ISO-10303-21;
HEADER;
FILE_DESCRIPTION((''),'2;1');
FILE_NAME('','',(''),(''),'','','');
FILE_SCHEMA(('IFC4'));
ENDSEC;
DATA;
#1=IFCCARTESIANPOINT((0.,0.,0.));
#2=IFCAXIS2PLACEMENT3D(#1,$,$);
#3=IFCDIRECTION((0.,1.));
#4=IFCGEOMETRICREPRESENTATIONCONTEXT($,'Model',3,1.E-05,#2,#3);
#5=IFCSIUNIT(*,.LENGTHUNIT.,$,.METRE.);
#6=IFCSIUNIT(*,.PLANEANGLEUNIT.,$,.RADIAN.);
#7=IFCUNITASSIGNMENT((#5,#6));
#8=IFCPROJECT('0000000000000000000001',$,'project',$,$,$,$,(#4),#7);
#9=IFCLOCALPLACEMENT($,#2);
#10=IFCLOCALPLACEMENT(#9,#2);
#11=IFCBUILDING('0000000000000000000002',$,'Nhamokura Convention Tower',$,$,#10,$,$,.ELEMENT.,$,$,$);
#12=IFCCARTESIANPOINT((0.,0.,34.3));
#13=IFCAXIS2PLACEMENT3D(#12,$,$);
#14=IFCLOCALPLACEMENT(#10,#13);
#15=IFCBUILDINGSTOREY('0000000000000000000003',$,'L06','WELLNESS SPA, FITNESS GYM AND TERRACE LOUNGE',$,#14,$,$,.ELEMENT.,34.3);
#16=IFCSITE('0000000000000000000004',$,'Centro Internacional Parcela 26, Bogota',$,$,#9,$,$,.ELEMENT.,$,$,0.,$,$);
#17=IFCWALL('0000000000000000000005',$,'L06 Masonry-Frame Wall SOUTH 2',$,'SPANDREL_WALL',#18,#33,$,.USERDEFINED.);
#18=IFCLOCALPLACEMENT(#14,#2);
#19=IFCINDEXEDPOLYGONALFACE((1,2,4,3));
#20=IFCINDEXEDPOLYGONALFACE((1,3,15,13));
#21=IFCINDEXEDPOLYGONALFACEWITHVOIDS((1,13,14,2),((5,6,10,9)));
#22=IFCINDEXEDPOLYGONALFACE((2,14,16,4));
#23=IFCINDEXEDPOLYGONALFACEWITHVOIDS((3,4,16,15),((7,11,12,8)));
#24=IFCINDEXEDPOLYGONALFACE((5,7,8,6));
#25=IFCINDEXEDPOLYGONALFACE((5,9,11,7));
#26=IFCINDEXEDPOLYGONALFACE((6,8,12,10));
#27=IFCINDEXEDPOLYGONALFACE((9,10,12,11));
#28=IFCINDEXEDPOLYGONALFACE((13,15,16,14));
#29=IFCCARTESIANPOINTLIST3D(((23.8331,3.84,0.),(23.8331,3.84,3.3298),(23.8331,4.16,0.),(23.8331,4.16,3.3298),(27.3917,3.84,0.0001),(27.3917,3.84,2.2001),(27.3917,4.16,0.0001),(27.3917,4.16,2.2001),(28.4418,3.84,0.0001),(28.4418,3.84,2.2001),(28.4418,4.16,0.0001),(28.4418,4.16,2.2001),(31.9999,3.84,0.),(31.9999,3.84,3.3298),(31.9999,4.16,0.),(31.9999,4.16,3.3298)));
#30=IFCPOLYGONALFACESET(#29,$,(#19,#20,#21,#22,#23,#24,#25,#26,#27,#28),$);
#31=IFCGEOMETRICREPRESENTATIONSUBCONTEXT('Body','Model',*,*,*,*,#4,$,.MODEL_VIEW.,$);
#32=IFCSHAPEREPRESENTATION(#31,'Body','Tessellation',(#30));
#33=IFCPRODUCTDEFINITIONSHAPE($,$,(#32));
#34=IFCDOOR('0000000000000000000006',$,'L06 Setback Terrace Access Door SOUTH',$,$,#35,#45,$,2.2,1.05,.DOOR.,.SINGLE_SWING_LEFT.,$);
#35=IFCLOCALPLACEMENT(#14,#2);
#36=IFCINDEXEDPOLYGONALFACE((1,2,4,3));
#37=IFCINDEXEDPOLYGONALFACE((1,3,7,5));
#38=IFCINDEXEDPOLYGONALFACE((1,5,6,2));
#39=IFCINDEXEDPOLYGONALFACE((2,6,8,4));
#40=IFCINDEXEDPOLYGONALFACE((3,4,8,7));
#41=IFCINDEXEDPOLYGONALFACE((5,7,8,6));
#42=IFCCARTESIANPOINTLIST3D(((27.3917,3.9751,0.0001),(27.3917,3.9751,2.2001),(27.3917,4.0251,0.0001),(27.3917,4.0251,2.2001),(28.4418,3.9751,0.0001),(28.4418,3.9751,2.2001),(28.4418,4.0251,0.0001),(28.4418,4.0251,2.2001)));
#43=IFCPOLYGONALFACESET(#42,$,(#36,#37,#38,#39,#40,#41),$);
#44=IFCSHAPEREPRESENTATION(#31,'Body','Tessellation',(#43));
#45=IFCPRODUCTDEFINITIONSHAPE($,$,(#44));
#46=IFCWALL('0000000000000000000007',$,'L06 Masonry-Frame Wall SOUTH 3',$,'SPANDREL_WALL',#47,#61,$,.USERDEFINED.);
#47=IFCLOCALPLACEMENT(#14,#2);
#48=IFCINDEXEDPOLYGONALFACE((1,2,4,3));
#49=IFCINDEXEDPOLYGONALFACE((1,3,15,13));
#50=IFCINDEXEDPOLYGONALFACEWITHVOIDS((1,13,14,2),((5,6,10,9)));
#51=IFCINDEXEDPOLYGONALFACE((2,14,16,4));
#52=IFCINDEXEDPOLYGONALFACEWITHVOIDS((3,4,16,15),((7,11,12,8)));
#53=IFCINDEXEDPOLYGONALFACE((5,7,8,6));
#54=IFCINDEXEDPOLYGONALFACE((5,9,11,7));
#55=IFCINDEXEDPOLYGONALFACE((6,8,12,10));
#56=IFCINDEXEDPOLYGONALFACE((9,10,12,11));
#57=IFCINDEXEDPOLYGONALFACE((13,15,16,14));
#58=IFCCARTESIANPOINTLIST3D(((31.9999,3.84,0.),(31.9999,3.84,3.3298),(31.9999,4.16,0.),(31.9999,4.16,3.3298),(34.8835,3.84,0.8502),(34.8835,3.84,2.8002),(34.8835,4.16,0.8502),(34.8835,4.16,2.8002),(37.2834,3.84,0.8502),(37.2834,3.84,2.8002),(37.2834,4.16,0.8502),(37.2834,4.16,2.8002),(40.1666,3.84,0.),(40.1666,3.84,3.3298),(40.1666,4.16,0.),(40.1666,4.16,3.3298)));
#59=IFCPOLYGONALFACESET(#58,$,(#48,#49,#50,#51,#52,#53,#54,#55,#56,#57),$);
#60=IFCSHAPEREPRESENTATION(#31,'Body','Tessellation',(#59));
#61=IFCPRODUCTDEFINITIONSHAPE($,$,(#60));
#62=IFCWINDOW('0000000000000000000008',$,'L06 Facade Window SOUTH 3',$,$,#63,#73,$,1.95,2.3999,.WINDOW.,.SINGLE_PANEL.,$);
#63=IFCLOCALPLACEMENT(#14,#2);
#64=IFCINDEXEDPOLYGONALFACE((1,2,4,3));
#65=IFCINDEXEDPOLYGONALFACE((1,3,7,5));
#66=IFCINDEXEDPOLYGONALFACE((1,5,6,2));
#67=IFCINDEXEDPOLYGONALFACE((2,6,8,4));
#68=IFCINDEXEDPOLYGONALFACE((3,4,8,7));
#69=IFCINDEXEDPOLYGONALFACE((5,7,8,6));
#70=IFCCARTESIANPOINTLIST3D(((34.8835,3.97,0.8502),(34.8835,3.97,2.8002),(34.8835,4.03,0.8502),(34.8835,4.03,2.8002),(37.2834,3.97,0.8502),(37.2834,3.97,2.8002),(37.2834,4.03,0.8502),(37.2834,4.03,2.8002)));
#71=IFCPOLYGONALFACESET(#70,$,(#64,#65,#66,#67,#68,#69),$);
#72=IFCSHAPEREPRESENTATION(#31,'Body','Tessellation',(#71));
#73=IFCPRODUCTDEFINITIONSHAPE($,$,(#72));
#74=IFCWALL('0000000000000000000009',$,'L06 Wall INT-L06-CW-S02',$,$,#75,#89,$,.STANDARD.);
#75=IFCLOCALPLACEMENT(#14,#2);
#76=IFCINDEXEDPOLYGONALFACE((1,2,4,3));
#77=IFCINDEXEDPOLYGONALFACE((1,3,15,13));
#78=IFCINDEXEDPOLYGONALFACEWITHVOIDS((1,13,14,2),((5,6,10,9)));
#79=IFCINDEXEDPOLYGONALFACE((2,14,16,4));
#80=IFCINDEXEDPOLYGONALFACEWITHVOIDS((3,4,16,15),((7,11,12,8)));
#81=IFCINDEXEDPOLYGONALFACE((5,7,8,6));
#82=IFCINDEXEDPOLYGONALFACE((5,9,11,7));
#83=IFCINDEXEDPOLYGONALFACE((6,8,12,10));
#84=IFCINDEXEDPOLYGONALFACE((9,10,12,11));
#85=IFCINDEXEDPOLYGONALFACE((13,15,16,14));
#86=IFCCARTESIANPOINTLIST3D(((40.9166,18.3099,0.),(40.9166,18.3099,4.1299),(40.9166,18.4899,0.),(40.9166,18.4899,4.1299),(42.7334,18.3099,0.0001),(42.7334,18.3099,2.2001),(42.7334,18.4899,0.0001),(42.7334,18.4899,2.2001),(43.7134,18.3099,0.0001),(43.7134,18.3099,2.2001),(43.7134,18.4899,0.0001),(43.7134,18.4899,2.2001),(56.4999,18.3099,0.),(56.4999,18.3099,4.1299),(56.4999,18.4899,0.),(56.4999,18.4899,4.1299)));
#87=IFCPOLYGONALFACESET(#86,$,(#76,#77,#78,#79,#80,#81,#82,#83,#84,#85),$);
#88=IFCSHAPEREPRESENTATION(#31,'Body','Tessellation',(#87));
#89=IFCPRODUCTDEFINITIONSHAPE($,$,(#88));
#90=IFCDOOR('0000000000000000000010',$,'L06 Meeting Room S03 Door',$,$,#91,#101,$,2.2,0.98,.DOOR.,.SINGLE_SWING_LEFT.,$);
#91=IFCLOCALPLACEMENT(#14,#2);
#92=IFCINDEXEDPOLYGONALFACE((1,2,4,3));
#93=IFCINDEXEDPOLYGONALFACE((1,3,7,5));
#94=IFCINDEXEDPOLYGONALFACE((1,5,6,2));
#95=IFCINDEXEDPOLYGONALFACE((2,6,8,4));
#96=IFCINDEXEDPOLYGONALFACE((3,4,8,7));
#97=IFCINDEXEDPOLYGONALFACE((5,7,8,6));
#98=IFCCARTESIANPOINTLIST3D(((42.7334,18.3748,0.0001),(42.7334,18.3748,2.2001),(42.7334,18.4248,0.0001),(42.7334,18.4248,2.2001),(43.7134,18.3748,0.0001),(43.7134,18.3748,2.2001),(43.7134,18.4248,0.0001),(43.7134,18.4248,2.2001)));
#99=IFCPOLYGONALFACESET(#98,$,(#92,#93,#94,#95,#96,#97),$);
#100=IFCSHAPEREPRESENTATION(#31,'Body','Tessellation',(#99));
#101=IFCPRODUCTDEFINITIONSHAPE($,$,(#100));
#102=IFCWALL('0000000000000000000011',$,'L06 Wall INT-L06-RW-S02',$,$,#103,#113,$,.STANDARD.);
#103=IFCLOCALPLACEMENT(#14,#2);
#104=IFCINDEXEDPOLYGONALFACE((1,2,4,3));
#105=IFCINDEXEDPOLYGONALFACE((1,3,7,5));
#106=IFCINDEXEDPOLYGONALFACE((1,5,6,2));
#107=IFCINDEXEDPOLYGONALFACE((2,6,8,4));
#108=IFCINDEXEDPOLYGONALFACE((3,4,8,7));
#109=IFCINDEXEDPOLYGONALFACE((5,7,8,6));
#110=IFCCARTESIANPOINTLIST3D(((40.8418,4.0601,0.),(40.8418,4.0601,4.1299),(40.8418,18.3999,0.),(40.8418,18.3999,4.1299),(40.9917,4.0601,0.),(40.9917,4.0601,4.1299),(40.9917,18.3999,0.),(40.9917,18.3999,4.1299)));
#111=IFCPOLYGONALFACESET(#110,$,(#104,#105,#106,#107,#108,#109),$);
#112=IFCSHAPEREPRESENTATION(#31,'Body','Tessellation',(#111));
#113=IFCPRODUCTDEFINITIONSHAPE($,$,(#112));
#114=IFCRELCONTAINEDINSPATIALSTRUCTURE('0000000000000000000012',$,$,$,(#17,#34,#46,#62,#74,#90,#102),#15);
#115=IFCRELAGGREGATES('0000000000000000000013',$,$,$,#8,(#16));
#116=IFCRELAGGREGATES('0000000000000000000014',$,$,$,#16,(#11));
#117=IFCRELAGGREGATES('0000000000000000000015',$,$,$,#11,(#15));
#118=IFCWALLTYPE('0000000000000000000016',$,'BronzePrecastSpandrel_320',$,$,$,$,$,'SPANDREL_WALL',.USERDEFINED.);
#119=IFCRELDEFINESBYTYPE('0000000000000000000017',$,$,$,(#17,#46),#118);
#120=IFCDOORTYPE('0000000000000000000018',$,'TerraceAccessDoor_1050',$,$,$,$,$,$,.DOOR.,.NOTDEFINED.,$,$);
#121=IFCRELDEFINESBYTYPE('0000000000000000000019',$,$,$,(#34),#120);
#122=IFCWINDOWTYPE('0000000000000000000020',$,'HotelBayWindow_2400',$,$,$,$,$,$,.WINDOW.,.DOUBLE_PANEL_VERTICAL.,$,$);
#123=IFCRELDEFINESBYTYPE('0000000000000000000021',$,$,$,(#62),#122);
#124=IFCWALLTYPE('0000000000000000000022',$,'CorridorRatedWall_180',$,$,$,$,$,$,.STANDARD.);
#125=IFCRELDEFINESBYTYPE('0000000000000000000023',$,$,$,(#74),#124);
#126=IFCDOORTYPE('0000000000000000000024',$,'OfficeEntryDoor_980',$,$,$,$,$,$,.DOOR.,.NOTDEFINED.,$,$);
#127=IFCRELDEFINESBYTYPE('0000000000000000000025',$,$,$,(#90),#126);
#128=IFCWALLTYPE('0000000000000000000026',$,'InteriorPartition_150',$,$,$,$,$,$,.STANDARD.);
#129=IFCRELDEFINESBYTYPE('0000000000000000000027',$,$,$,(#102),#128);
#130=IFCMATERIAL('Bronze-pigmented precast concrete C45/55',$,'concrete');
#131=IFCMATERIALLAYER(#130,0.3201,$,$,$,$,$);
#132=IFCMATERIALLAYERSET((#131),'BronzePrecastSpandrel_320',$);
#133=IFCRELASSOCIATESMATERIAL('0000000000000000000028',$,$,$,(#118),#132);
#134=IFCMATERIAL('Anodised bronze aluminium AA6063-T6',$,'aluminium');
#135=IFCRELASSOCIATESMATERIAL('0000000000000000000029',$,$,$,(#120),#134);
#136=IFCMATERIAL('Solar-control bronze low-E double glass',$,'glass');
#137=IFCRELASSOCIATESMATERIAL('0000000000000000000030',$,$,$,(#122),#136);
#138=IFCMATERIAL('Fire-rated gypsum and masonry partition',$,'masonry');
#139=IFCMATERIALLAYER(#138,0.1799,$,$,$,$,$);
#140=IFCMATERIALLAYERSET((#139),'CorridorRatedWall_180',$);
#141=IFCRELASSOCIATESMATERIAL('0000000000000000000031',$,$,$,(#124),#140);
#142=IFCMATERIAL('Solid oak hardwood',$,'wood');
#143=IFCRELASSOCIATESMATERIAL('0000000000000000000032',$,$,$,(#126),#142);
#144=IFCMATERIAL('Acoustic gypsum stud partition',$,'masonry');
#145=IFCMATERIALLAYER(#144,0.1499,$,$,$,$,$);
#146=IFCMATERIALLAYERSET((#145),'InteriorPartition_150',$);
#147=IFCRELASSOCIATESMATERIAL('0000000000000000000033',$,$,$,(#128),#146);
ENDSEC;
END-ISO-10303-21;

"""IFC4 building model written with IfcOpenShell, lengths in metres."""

from ifc_helpers import new_model, si_unit, direction, frame, frame_2d, origin, place, context, subcontext, project, spatial, rectangle, extrude, material, layer, layer_set, type_object, element, fill, save


model = new_model("IFC4")

# Units and contexts
model_context = context("Model", 3, precision=1e-05, world=origin(), true_north=direction((0.0, 1.0)))
body_context = subcontext(model_context, "Body", "Model", "MODEL_VIEW")
ifc_project = project(units=[si_unit("LENGTHUNIT", "METRE"), si_unit("PLANEANGLEUNIT", "RADIAN")], contexts=[model_context])

# Site, building, storey
site_placement = place(None, origin())
site = spatial("IfcSite", under=ifc_project, at=site_placement, Name="Centro Internacional Parcela 26, Bogota", CompositionType="ELEMENT", RefElevation=0.0)
building_placement = place(site_placement, origin())
building = spatial("IfcBuilding", under=site, at=building_placement, Name="Nhamokura Convention Tower", CompositionType="ELEMENT")
storey_placement = place(building_placement, frame((0.0, 0.0, 34.3)))
storey = spatial("IfcBuildingStorey", under=building, at=storey_placement, Name="L06", Description="WELLNESS SPA, FITNESS GYM AND TERRACE LOUNGE", CompositionType="ELEMENT", Elevation=34.3)

# Wall, opening, door
ifc_material_1 = material(Name="Bronze-pigmented precast concrete C45/55", Category="concrete")
ifc_layer_1 = layer(ifc_material_1, 0.3201)
ifc_layer_set_1 = layer_set([ifc_layer_1], Name="BronzePrecastSpandrel_320")
wall_type_1 = type_object("IfcWallType", Name="BronzePrecastSpandrel_320", ElementType="SPANDREL_WALL", PredefinedType="USERDEFINED", material=ifc_layer_set_1)
wall_1_placement = place(storey_placement, frame((32.0, 4.0, 0.0), z_axis=(0.0, 0.0, 1.0), x_axis=(-1.0, 0.0, 0.0)))
wall_1 = element("IfcWall", 1, at=wall_1_placement, inside=storey, type_object=wall_type_1, Name="L06 Masonry-Frame Wall SOUTH 2", ObjectType="SPANDREL_WALL", PredefinedType="USERDEFINED", context=body_context, shape_type="SweptSolid", body=[
    extrude(rectangle(XDim=8.1667, YDim=0.3201, at=frame_2d((4.0835, 0.0))), origin(), (0.0, 0.0, 1.0), 3.3298),
])
opening_1_placement = place(wall_1_placement, frame((3.5583, 0.0, 0.0)))
opening_1 = element("IfcOpeningElement", 2, at=opening_1_placement, cuts=wall_1, PredefinedType="OPENING", context=body_context, shape_type="SweptSolid", body=[
    extrude(rectangle(XDim=1.05, YDim=2.2, at=frame_2d((0.5249, 1.1001))), frame((0.0, 0.1699, 0.0), z_axis=(0.0, -1.0, 0.0), x_axis=(1.0, 0.0, 0.0)), (0.0, 0.0, 1.0), 0.3401),
])
ifc_material_2 = material(Name="Anodised bronze aluminium AA6063-T6", Category="aluminium")
door_type_1 = type_object("IfcDoorType", Name="TerraceAccessDoor_1050", OperationType="NOTDEFINED", PredefinedType="DOOR", material=ifc_material_2)
door_1_placement = place(opening_1_placement, origin())
door_1 = element("IfcDoor", 3, at=door_1_placement, inside=storey, type_object=door_type_1, Name="L06 Setback Terrace Access Door SOUTH", OperationType="SINGLE_SWING_LEFT", OverallHeight=2.2, OverallWidth=1.05, PredefinedType="DOOR", context=body_context, shape_type="SweptSolid", body=[
    extrude(rectangle(XDim=1.05, YDim=2.2, at=frame_2d((0.5249, 1.1001))), frame((0.0, 0.0249, 0.0), z_axis=(0.0, -1.0, 0.0), x_axis=(1.0, 0.0, 0.0)), (0.0, 0.0, 1.0), 0.05),
])
fill(opening_1, door_1)

# Wall, opening, window
wall_2_placement = place(storey_placement, frame((40.1667, 4.0, 0.0), z_axis=(0.0, 0.0, 1.0), x_axis=(-1.0, 0.0, 0.0)))
wall_2 = element("IfcWall", 4, at=wall_2_placement, inside=storey, type_object=wall_type_1, Name="L06 Masonry-Frame Wall SOUTH 3", ObjectType="SPANDREL_WALL", PredefinedType="USERDEFINED", context=body_context, shape_type="SweptSolid", body=[
    extrude(rectangle(XDim=8.1667, YDim=0.3201, at=frame_2d((4.0835, 0.0))), origin(), (0.0, 0.0, 1.0), 3.3298),
])
opening_2_placement = place(wall_2_placement, frame((2.8833, 0.0, 0.8501)))
opening_2 = element("IfcOpeningElement", 5, at=opening_2_placement, cuts=wall_2, PredefinedType="OPENING", context=body_context, shape_type="SweptSolid", body=[
    extrude(rectangle(XDim=2.3999, YDim=1.95, at=frame_2d((1.2, 0.9751))), frame((0.0, 0.1699, 0.0), z_axis=(0.0, -1.0, 0.0), x_axis=(1.0, 0.0, 0.0)), (0.0, 0.0, 1.0), 0.3401),
])
ifc_material_3 = material(Name="Solar-control bronze low-E double glass", Category="glass")
window_type = type_object("IfcWindowType", Name="HotelBayWindow_2400", PartitioningType="DOUBLE_PANEL_VERTICAL", PredefinedType="WINDOW", material=ifc_material_3)
window_placement = place(opening_2_placement, origin())
window = element("IfcWindow", 6, at=window_placement, inside=storey, type_object=window_type, Name="L06 Facade Window SOUTH 3", OverallHeight=1.95, OverallWidth=2.3999, PartitioningType="SINGLE_PANEL", PredefinedType="WINDOW", context=body_context, shape_type="SweptSolid", body=[
    extrude(rectangle(XDim=2.3999, YDim=1.95, at=frame_2d((1.2, 0.9751))), frame((0.0, 0.03, 0.0), z_axis=(0.0, -1.0, 0.0), x_axis=(1.0, 0.0, 0.0)), (0.0, 0.0, 1.0), 0.0601),
])
fill(opening_2, window)

# Wall, opening, door
ifc_material_4 = material(Name="Fire-rated gypsum and masonry partition", Category="masonry")
ifc_layer_2 = layer(ifc_material_4, 0.1799)
ifc_layer_set_2 = layer_set([ifc_layer_2], Name="CorridorRatedWall_180")
wall_type_2 = type_object("IfcWallType", Name="CorridorRatedWall_180", PredefinedType="STANDARD", material=ifc_layer_set_2)
wall_3_placement = place(storey_placement, frame((40.9167, 18.3999, 0.0), z_axis=(0.0, 0.0, 1.0), x_axis=(1.0, 0.0, 0.0)))
wall_3 = element("IfcWall", 7, at=wall_3_placement, inside=storey, type_object=wall_type_2, Name="L06 Wall INT-L06-CW-S02", PredefinedType="STANDARD", context=body_context, shape_type="SweptSolid", body=[
    extrude(rectangle(XDim=15.5833, YDim=0.1799, at=frame_2d((7.7915, 0.0))), origin(), (0.0, 0.0, 1.0), 4.1299),
])
opening_3_placement = place(wall_3_placement, frame((1.8167, 0.0, 0.0)))
opening_3 = element("IfcOpeningElement", 8, at=opening_3_placement, cuts=wall_3, PredefinedType="OPENING", context=body_context, shape_type="SweptSolid", body=[
    extrude(rectangle(XDim=0.98, YDim=2.2, at=frame_2d((0.49, 1.1001))), frame((0.0, 0.0999, 0.0), z_axis=(0.0, -1.0, 0.0), x_axis=(1.0, 0.0, 0.0)), (0.0, 0.0, 1.0), 0.2),
])
ifc_material_5 = material(Name="Solid oak hardwood", Category="wood")
door_type_2 = type_object("IfcDoorType", Name="OfficeEntryDoor_980", OperationType="NOTDEFINED", PredefinedType="DOOR", material=ifc_material_5)
door_2_placement = place(opening_3_placement, origin())
door_2 = element("IfcDoor", 9, at=door_2_placement, inside=storey, type_object=door_type_2, Name="L06 Meeting Room S03 Door", OperationType="SINGLE_SWING_LEFT", OverallHeight=2.2, OverallWidth=0.98, PredefinedType="DOOR", context=body_context, shape_type="SweptSolid", body=[
    extrude(rectangle(XDim=0.98, YDim=2.2, at=frame_2d((0.49, 1.1001))), frame((0.0, 0.0249, 0.0), z_axis=(0.0, -1.0, 0.0), x_axis=(1.0, 0.0, 0.0)), (0.0, 0.0, 1.0), 0.05),
])
fill(opening_3, door_2)

# Wall
ifc_material_6 = material(Name="Acoustic gypsum stud partition", Category="masonry")
ifc_layer_3 = layer(ifc_material_6, 0.1499)
ifc_layer_set_3 = layer_set([ifc_layer_3], Name="InteriorPartition_150")
wall_type_3 = type_object("IfcWallType", Name="InteriorPartition_150", PredefinedType="STANDARD", material=ifc_layer_set_3)
wall_4_placement = place(storey_placement, frame((40.9167, 4.0601, 0.0), z_axis=(0.0, 0.0, 1.0), x_axis=(0.0, 1.0, 0.0)))
element("IfcWall", 10, at=wall_4_placement, inside=storey, type_object=wall_type_3, Name="L06 Wall INT-L06-RW-S02", PredefinedType="STANDARD", context=body_context, shape_type="SweptSolid", body=[
    extrude(rectangle(XDim=14.3398, YDim=0.1499, at=frame_2d((7.1699, 0.0))), origin(), (0.0, 0.0, 1.0), 4.1299),
])

save(model, "model.ifc")
